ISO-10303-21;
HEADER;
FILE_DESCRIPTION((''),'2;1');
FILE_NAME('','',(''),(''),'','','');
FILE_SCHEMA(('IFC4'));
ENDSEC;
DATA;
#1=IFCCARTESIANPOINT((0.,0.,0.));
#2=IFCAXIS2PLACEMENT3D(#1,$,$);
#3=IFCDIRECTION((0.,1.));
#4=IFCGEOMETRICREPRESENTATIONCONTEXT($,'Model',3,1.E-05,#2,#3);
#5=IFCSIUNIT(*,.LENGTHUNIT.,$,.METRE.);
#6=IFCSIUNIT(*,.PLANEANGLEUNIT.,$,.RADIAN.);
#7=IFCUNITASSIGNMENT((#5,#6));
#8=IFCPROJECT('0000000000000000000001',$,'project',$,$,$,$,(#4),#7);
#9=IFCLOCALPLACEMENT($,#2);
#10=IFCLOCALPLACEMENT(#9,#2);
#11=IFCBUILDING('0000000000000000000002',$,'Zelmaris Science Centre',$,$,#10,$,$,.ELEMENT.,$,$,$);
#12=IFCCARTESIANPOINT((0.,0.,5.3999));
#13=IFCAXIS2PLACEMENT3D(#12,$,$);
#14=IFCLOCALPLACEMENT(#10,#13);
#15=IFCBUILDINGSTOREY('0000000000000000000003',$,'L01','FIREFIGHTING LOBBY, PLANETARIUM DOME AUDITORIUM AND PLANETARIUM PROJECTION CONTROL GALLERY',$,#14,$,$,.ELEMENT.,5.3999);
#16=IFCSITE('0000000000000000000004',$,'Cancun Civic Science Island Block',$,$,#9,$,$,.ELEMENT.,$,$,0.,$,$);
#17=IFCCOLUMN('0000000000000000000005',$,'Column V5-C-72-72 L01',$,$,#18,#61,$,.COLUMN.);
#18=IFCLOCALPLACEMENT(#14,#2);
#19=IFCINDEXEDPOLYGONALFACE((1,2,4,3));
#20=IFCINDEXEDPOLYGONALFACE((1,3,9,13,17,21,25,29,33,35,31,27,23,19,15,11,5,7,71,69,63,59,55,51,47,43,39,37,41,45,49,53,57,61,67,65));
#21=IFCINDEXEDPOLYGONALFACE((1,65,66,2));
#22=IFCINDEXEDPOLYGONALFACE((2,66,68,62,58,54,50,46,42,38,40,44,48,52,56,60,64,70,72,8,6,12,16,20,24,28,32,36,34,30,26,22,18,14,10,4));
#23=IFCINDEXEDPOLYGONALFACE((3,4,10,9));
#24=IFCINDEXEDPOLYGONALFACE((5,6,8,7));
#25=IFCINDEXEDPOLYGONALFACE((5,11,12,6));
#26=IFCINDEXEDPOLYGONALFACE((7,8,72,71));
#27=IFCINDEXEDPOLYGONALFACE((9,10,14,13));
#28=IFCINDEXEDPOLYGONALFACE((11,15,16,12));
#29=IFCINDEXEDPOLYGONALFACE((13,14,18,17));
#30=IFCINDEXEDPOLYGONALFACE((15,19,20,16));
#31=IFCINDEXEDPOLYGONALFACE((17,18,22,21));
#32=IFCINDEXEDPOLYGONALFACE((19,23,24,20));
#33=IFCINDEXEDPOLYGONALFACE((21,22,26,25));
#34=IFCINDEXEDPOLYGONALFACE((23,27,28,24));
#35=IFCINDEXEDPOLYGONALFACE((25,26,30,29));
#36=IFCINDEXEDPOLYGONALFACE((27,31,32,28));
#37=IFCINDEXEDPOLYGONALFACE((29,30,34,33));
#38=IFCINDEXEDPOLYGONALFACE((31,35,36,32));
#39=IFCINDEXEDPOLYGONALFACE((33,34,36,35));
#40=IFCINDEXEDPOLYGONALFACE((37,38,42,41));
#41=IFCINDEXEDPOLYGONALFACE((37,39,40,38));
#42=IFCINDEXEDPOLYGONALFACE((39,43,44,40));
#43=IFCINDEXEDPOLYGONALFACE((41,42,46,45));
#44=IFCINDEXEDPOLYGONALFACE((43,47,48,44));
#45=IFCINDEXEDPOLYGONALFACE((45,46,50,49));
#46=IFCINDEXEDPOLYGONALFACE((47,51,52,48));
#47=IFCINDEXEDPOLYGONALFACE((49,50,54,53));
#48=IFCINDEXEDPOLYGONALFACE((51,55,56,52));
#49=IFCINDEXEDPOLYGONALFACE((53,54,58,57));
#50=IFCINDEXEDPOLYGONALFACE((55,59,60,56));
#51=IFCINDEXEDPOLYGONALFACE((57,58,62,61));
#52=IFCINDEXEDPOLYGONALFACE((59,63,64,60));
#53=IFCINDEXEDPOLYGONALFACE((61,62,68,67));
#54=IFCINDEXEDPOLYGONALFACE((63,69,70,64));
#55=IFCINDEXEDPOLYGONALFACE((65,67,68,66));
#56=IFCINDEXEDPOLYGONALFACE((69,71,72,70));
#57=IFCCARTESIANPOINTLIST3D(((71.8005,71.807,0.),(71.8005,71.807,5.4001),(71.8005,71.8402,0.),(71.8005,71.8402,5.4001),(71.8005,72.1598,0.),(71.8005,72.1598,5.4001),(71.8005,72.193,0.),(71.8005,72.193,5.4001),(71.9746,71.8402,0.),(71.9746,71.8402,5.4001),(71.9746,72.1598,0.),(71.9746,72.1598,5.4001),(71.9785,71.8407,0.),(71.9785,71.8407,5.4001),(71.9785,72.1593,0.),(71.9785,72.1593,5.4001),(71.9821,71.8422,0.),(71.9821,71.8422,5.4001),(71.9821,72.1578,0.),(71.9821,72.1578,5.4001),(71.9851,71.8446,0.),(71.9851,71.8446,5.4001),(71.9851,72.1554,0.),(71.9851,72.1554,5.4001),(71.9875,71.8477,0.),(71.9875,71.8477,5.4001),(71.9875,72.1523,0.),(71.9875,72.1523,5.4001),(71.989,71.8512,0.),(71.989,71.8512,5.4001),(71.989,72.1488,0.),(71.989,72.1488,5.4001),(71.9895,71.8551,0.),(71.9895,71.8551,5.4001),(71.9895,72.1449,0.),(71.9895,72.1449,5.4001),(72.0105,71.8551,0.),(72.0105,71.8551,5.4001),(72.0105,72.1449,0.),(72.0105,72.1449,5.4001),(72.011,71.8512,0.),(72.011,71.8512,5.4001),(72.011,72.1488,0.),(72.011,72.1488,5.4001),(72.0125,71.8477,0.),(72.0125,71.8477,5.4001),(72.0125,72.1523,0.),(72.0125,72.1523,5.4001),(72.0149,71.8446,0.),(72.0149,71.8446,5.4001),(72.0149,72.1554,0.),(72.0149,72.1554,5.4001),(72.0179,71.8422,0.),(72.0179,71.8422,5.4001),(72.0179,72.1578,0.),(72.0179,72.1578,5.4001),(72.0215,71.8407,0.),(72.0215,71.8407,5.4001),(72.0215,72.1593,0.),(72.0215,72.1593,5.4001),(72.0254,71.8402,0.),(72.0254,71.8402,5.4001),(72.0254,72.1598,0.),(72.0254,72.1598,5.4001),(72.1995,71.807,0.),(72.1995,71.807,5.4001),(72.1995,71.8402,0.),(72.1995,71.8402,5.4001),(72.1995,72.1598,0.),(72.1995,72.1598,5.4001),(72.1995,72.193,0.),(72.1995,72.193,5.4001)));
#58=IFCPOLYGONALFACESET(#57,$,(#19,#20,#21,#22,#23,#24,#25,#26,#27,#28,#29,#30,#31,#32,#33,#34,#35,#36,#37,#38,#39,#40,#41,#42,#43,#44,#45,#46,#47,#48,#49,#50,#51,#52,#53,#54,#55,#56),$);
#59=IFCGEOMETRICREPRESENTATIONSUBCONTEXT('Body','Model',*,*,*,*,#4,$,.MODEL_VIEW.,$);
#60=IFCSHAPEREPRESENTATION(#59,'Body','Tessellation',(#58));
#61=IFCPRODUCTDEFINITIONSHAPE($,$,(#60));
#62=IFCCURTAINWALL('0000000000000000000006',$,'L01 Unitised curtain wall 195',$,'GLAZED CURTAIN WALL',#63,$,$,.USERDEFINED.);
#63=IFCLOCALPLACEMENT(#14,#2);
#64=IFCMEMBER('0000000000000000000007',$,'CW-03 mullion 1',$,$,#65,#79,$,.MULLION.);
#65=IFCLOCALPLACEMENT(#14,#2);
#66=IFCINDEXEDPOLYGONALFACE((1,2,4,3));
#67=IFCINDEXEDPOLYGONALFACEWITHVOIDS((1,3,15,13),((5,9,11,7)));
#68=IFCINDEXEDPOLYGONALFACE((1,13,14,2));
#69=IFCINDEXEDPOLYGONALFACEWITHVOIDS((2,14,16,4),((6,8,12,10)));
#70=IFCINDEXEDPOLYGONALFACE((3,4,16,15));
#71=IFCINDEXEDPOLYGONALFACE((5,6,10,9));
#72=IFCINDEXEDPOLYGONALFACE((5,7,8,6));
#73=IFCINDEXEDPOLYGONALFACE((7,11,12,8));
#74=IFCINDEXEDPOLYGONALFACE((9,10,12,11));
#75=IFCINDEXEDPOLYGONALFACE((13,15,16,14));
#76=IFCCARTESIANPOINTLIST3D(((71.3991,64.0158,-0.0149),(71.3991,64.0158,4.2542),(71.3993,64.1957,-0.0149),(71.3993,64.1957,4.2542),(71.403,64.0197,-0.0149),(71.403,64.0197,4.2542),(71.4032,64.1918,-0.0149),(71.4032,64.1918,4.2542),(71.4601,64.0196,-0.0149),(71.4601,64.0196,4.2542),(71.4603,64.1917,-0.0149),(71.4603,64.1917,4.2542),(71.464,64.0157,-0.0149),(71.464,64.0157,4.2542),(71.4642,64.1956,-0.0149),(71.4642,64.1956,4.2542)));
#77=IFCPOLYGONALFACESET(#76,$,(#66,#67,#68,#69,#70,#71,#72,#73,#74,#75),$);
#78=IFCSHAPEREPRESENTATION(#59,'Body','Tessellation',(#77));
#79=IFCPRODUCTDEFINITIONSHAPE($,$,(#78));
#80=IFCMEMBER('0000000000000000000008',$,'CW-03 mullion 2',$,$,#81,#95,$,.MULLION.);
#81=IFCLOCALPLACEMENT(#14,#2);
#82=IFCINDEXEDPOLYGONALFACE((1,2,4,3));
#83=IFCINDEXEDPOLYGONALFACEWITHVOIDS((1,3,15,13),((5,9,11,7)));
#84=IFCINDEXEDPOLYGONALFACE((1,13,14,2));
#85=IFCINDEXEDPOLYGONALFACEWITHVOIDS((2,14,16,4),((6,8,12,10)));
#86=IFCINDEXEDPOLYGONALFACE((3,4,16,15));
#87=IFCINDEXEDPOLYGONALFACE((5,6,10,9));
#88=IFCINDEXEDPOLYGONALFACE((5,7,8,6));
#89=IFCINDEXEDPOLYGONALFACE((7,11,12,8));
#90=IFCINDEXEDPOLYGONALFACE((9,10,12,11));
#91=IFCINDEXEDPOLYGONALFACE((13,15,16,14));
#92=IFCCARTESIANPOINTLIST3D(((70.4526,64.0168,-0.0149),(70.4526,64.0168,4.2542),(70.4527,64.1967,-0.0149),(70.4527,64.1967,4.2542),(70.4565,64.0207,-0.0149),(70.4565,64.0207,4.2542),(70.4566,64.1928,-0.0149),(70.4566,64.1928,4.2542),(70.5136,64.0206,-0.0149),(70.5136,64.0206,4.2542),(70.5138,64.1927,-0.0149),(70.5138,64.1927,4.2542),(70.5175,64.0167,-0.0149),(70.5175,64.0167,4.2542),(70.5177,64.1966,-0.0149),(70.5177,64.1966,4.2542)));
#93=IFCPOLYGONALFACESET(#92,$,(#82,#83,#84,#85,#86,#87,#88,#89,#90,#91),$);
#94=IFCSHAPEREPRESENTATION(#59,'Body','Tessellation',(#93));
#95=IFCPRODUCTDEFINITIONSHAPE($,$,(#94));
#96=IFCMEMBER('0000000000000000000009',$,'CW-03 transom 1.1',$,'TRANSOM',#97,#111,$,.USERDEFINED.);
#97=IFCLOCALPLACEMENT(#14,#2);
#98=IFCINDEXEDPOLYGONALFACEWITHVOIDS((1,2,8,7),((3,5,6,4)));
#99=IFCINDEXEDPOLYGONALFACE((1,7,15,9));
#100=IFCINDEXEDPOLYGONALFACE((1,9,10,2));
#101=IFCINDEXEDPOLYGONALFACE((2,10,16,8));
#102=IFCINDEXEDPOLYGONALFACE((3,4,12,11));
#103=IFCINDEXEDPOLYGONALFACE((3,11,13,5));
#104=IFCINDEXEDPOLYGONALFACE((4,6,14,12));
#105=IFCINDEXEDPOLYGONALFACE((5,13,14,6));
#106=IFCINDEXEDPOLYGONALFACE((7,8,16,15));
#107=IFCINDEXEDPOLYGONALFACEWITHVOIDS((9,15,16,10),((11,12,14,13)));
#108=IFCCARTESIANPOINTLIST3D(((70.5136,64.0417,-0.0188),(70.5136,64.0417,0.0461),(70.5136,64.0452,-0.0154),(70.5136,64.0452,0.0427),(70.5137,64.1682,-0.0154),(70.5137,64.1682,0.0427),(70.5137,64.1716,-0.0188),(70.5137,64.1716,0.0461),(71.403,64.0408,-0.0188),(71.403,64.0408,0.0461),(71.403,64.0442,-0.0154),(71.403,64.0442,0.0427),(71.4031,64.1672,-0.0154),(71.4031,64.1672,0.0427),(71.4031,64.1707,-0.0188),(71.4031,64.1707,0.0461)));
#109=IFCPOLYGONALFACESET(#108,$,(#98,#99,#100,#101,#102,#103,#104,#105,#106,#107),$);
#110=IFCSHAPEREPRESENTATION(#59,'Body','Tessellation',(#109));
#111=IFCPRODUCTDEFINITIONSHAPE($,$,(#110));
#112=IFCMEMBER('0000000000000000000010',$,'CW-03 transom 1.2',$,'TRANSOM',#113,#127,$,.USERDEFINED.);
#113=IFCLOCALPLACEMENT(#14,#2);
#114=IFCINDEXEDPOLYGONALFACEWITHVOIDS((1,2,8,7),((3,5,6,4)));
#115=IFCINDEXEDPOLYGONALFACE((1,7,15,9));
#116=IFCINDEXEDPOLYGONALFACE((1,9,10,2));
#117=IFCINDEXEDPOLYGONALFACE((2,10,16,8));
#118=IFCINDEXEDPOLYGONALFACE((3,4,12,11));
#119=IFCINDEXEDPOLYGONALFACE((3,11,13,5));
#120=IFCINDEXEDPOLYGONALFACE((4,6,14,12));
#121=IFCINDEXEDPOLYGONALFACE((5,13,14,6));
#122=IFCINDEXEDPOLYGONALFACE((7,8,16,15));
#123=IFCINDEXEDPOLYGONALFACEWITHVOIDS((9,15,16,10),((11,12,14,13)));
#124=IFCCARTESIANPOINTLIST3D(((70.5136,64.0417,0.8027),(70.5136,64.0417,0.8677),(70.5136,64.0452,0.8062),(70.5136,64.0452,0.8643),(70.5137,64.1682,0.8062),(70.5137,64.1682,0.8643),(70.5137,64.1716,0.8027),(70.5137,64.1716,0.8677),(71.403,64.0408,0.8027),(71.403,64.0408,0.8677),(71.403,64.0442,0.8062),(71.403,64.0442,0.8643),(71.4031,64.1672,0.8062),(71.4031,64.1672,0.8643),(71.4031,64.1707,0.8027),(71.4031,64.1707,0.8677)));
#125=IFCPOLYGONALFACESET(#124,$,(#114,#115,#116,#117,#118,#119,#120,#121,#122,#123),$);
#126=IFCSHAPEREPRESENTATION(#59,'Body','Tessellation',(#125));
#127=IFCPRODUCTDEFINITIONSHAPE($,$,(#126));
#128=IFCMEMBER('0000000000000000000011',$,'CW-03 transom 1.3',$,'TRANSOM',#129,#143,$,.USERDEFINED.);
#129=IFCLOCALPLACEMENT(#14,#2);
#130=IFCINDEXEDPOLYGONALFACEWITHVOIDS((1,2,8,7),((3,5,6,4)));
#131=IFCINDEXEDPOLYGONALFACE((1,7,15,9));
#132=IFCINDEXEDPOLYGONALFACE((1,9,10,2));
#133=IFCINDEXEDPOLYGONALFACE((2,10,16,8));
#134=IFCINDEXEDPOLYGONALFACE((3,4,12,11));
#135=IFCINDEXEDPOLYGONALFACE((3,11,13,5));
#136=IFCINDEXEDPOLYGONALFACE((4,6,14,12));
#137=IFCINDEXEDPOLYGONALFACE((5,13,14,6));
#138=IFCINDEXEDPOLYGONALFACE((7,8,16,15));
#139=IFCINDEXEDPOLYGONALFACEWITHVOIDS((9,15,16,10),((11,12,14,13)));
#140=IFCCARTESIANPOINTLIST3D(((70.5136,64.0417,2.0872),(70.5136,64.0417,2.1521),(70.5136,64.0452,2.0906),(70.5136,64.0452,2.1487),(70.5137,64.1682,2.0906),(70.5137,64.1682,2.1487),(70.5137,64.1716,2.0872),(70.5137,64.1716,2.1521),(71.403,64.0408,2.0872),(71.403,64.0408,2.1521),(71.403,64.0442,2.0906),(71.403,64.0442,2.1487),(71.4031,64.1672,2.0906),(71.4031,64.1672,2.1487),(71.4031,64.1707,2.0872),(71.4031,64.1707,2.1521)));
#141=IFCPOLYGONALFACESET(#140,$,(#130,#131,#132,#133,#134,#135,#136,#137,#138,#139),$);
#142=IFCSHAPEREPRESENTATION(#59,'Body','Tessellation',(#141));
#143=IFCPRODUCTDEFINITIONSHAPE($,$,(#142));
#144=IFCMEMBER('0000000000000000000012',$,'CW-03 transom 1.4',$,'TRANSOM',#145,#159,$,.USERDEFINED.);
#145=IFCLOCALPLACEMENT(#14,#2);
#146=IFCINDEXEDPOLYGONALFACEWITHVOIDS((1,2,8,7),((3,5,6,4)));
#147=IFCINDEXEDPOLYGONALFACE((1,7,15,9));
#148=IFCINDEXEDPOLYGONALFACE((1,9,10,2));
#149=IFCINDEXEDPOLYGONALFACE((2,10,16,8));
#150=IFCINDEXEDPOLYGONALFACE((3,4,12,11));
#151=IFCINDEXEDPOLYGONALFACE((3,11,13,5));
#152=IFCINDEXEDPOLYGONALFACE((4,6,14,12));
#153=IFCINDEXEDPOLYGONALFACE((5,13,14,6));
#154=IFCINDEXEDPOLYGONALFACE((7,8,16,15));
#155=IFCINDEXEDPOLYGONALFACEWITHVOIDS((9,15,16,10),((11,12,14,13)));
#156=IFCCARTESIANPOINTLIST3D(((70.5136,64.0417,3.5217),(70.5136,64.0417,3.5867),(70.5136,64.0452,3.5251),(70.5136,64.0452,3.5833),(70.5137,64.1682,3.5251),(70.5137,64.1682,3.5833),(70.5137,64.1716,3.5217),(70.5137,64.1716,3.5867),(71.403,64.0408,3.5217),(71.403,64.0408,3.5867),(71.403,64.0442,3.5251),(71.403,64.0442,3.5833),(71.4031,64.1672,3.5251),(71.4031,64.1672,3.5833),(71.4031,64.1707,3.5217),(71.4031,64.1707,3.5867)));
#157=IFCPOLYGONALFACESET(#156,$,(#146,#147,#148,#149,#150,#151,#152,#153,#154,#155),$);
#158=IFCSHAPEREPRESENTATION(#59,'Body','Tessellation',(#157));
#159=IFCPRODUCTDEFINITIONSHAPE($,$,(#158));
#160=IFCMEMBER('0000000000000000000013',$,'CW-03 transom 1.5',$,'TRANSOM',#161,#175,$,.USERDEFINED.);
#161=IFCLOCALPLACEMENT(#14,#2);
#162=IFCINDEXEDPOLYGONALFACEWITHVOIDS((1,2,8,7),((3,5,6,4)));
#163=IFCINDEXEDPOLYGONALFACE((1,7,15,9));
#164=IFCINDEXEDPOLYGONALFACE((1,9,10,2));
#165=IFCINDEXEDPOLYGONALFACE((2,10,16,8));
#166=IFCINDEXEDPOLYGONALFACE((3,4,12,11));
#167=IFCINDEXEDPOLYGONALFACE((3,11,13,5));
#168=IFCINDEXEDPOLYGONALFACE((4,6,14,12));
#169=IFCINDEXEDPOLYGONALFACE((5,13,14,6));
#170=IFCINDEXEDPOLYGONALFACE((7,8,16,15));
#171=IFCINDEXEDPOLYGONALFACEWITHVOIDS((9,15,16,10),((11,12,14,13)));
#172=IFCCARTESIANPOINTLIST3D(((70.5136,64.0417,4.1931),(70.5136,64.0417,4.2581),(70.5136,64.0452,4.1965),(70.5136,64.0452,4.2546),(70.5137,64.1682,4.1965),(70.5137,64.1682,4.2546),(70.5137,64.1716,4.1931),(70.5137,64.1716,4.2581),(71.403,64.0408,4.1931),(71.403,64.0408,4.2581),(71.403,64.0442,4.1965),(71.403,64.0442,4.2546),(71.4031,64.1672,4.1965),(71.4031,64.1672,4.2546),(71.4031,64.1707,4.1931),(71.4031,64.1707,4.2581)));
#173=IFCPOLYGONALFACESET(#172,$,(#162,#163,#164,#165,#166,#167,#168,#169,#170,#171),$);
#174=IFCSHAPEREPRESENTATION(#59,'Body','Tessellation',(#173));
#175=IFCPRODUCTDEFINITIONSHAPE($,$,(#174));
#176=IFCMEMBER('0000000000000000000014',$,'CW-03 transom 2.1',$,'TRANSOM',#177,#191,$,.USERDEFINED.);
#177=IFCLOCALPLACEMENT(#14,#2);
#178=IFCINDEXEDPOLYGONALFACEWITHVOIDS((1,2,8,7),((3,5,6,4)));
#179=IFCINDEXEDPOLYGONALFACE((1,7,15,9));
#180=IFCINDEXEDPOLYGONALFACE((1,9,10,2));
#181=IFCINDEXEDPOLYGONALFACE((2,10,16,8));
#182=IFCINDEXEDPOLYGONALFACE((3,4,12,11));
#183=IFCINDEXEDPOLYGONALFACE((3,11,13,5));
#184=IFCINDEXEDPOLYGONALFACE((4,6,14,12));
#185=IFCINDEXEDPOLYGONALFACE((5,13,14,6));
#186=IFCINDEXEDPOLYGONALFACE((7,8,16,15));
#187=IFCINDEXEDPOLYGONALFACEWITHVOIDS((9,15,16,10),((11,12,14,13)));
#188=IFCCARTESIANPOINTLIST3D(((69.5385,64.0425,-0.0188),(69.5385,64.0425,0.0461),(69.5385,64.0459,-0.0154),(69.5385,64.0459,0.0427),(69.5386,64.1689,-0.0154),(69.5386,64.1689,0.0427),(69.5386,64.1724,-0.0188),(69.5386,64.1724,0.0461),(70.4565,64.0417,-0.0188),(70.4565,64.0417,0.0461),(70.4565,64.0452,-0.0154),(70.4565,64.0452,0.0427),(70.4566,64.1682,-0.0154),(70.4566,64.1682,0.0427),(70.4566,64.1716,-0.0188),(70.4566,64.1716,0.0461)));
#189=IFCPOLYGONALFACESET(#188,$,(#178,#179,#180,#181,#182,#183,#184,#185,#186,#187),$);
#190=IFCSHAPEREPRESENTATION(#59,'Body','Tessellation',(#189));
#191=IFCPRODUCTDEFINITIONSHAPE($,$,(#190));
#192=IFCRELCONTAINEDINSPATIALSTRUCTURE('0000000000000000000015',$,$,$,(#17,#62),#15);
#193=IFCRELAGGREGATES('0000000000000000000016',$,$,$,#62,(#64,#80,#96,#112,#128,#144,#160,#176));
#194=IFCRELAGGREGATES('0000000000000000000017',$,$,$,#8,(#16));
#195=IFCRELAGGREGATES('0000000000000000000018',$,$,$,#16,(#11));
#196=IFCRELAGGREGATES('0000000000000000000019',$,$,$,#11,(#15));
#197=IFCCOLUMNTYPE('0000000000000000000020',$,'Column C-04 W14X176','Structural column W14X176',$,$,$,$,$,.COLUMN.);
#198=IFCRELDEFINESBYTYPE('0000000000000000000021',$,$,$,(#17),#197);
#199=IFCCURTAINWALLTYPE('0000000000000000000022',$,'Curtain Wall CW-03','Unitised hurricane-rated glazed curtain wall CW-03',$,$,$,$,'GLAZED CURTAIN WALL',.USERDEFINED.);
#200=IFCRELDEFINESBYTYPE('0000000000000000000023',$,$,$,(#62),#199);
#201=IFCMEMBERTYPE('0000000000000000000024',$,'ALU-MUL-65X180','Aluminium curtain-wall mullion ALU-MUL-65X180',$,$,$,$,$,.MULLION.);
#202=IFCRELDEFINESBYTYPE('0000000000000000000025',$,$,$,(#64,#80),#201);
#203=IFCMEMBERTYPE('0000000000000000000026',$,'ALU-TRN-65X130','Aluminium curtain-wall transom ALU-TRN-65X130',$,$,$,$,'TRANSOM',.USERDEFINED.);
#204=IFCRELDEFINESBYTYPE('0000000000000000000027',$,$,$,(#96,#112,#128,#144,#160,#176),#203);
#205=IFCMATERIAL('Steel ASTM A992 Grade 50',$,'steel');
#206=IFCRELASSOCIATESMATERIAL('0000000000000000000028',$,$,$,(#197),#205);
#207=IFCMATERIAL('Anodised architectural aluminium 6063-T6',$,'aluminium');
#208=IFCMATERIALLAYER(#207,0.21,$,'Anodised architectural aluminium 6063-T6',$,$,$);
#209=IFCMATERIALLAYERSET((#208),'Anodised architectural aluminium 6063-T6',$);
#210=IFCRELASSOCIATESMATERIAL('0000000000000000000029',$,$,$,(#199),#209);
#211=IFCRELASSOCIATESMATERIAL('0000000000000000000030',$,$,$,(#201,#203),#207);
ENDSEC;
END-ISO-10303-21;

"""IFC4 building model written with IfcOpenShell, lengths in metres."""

from ifc_helpers import new_model, si_unit, direction, frame, origin, origin_2d, place, context, subcontext, project, spatial, hollow_rectangle, i_section, extrude, material, layer, layer_set, material_profile, profile_set, type_object, element, aggregate, save


model = new_model("IFC4")

# Units and contexts
model_context = context("Model", 3, precision=1e-05, world=origin(), true_north=direction((0.0, 1.0)))
body_context = subcontext(model_context, "Body", "Model", "MODEL_VIEW")
ifc_project = project(units=[si_unit("LENGTHUNIT", "METRE"), si_unit("PLANEANGLEUNIT", "RADIAN")], contexts=[model_context])

# Site, building, storey
site_placement = place(None, origin())
site = spatial("IfcSite", under=ifc_project, at=site_placement, Name="Cancun Civic Science Island Block", CompositionType="ELEMENT", RefElevation=0.0)
building_placement = place(site_placement, origin())
building = spatial("IfcBuilding", under=site, at=building_placement, Name="Zelmaris Science Centre", CompositionType="ELEMENT")
storey_placement = place(building_placement, frame((0.0, 0.0, 5.3999)))
storey = spatial("IfcBuildingStorey", under=building, at=storey_placement, Name="L01", Description="FIREFIGHTING LOBBY, PLANETARIUM DOME AUDITORIUM AND PLANETARIUM PROJECTION CONTROL GALLERY", CompositionType="ELEMENT", Elevation=5.3999)

# Column
ifc_material_1 = material(Name="Steel ASTM A992 Grade 50", Category="steel")
ifc_material_profile_1 = material_profile(ifc_material_1, i_section(OverallWidth=0.3989, OverallDepth=0.386, WebThickness=0.021, FlangeThickness=0.0332, FilletRadius=0.0149, at=origin_2d()), Name="W14X176")
ifc_profile_set_1 = profile_set([ifc_material_profile_1], Name="Steel ASTM A992 Grade 50")
column_type = type_object("IfcColumnType", Name="Column C-04 W14X176", Description="Structural column W14X176", PredefinedType="COLUMN", material=ifc_profile_set_1)
column_placement = place(storey_placement, frame((72.0, 72.0, 0.0), z_axis=(0.0, 0.0, 1.0), x_axis=(1.0, 0.0, 0.0)))
element("IfcColumn", 1, at=column_placement, inside=storey, type_object=column_type, Name="Column V5-C-72-72 L01", PredefinedType="COLUMN", context=body_context, shape_type="SweptSolid", body=[
    extrude(i_section(OverallWidth=0.3989, OverallDepth=0.386, WebThickness=0.021, FlangeThickness=0.0332, FilletRadius=0.0149, at=origin_2d()), origin(), (0.0, 0.0, 1.0), 5.4001),
])

# Curtain wall, members
ifc_material_2 = material(Name="Anodised architectural aluminium 6063-T6", Category="aluminium")
ifc_layer_1 = layer(ifc_material_2, 0.21, Name="Anodised architectural aluminium 6063-T6")
ifc_layer_set_1 = layer_set([ifc_layer_1], Name="Anodised architectural aluminium 6063-T6")
curtain_wall_type = type_object("IfcCurtainWallType", Name="Curtain Wall CW-03", Description="Unitised hurricane-rated glazed curtain wall CW-03", ElementType="GLAZED CURTAIN WALL", PredefinedType="USERDEFINED", material=ifc_layer_set_1)
curtain_wall_placement = place(storey_placement, origin())
curtain_wall = element("IfcCurtainWall", 2, at=curtain_wall_placement, inside=storey, type_object=curtain_wall_type, Name="L01 Unitised curtain wall 195", ObjectType="GLAZED CURTAIN WALL", PredefinedType="USERDEFINED")
ifc_material_profile_2 = material_profile(ifc_material_2, hollow_rectangle(XDim=0.0649, YDim=0.1799, WallThickness=0.0039, at=origin_2d()), Name="ALU-MUL-65X180")
ifc_profile_set_2 = profile_set([ifc_material_profile_2], Name="Anodised architectural aluminium 6063-T6")
member_type_1 = type_object("IfcMemberType", Name="ALU-MUL-65X180", Description="Aluminium curtain-wall mullion ALU-MUL-65X180", PredefinedType="MULLION", material=ifc_profile_set_2)
member_1_placement = place(storey_placement, frame((71.4316, 64.1057, -0.0149), z_axis=(0.0, 0.0, 1.0), x_axis=(-1.0, 0.00092, 0.0)))
member_1 = element("IfcMember", 3, at=member_1_placement, type_object=member_type_1, Name="CW-03 mullion 1", PredefinedType="MULLION", context=body_context, shape_type="SweptSolid", body=[
    extrude(hollow_rectangle(XDim=0.0649, YDim=0.1799, WallThickness=0.0039, at=origin_2d()), origin(), (0.0, 0.0, 1.0), 4.269),
])
member_2_placement = place(storey_placement, frame((70.4851, 64.1067, -0.0149), z_axis=(0.0, 0.0, 1.0), x_axis=(-1.0, 0.00092, 0.0)))
member_2 = element("IfcMember", 4, at=member_2_placement, type_object=member_type_1, Name="CW-03 mullion 2", PredefinedType="MULLION", context=body_context, shape_type="SweptSolid", body=[
    extrude(hollow_rectangle(XDim=0.0649, YDim=0.1799, WallThickness=0.0039, at=origin_2d()), origin(), (0.0, 0.0, 1.0), 4.269),
])
ifc_material_profile_3 = material_profile(ifc_material_2, hollow_rectangle(XDim=0.0649, YDim=0.1299, WallThickness=0.0034, at=origin_2d()), Name="ALU-TRN-65X130")
ifc_profile_set_3 = profile_set([ifc_material_profile_3], Name="Anodised architectural aluminium 6063-T6")
member_type_2 = type_object("IfcMemberType", Name="ALU-TRN-65X130", Description="Aluminium curtain-wall transom ALU-TRN-65X130", ElementType="TRANSOM", PredefinedType="USERDEFINED", material=ifc_profile_set_3)
member_3_placement = place(storey_placement, frame((71.4031, 64.1057, 0.0137), z_axis=(-0.999999, 0.001098, 0.0), x_axis=(0.0, 0.0, 1.0)))
member_3 = element("IfcMember", 5, at=member_3_placement, type_object=member_type_2, Name="CW-03 transom 1.1", ObjectType="TRANSOM", PredefinedType="USERDEFINED", context=body_context, shape_type="SweptSolid", body=[
    extrude(hollow_rectangle(XDim=0.0649, YDim=0.1299, WallThickness=0.0034, at=origin_2d()), origin(), (0.0, 0.0, 1.0), 0.8894),
])
member_4_placement = place(storey_placement, frame((71.4031, 64.1057, 0.8352), z_axis=(-0.999999, 0.001098, 0.0), x_axis=(0.0, 0.0, 1.0)))
member_4 = element("IfcMember", 6, at=member_4_placement, type_object=member_type_2, Name="CW-03 transom 1.2", ObjectType="TRANSOM", PredefinedType="USERDEFINED", context=body_context, shape_type="SweptSolid", body=[
    extrude(hollow_rectangle(XDim=0.0649, YDim=0.1299, WallThickness=0.0034, at=origin_2d()), origin(), (0.0, 0.0, 1.0), 0.8894),
])
member_5_placement = place(storey_placement, frame((71.4031, 64.1057, 2.1196), z_axis=(-0.999999, 0.001098, 0.0), x_axis=(0.0, 0.0, 1.0)))
member_5 = element("IfcMember", 7, at=member_5_placement, type_object=member_type_2, Name="CW-03 transom 1.3", ObjectType="TRANSOM", PredefinedType="USERDEFINED", context=body_context, shape_type="SweptSolid", body=[
    extrude(hollow_rectangle(XDim=0.0649, YDim=0.1299, WallThickness=0.0034, at=origin_2d()), origin(), (0.0, 0.0, 1.0), 0.8894),
])
member_6_placement = place(storey_placement, frame((71.4031, 64.1057, 3.5542), z_axis=(-0.999999, 0.001098, 0.0), x_axis=(0.0, 0.0, 1.0)))
member_6 = element("IfcMember", 8, at=member_6_placement, type_object=member_type_2, Name="CW-03 transom 1.4", ObjectType="TRANSOM", PredefinedType="USERDEFINED", context=body_context, shape_type="SweptSolid", body=[
    extrude(hollow_rectangle(XDim=0.0649, YDim=0.1299, WallThickness=0.0034, at=origin_2d()), origin(), (0.0, 0.0, 1.0), 0.8894),
])
member_7_placement = place(storey_placement, frame((71.4031, 64.1057, 4.2256), z_axis=(-0.999999, 0.001098, 0.0), x_axis=(0.0, 0.0, 1.0)))
member_7 = element("IfcMember", 9, at=member_7_placement, type_object=member_type_2, Name="CW-03 transom 1.5", ObjectType="TRANSOM", PredefinedType="USERDEFINED", context=body_context, shape_type="SweptSolid", body=[
    extrude(hollow_rectangle(XDim=0.0649, YDim=0.1299, WallThickness=0.0034, at=origin_2d()), origin(), (0.0, 0.0, 1.0), 0.8894),
])
member_8_placement = place(storey_placement, frame((70.4565, 64.1067, 0.0137), z_axis=(-1.0, 0.000798, 0.0), x_axis=(0.0, 0.0, 1.0)))
member_8 = element("IfcMember", 10, at=member_8_placement, type_object=member_type_2, Name="CW-03 transom 2.1", ObjectType="TRANSOM", PredefinedType="USERDEFINED", context=body_context, shape_type="SweptSolid", body=[
    extrude(hollow_rectangle(XDim=0.0649, YDim=0.1299, WallThickness=0.0034, at=origin_2d()), origin(), (0.0, 0.0, 1.0), 0.918),
])

aggregate(curtain_wall, [member_1, member_2, member_3, member_4, member_5, member_6, member_7, member_8])

save(model, "model.ifc")
